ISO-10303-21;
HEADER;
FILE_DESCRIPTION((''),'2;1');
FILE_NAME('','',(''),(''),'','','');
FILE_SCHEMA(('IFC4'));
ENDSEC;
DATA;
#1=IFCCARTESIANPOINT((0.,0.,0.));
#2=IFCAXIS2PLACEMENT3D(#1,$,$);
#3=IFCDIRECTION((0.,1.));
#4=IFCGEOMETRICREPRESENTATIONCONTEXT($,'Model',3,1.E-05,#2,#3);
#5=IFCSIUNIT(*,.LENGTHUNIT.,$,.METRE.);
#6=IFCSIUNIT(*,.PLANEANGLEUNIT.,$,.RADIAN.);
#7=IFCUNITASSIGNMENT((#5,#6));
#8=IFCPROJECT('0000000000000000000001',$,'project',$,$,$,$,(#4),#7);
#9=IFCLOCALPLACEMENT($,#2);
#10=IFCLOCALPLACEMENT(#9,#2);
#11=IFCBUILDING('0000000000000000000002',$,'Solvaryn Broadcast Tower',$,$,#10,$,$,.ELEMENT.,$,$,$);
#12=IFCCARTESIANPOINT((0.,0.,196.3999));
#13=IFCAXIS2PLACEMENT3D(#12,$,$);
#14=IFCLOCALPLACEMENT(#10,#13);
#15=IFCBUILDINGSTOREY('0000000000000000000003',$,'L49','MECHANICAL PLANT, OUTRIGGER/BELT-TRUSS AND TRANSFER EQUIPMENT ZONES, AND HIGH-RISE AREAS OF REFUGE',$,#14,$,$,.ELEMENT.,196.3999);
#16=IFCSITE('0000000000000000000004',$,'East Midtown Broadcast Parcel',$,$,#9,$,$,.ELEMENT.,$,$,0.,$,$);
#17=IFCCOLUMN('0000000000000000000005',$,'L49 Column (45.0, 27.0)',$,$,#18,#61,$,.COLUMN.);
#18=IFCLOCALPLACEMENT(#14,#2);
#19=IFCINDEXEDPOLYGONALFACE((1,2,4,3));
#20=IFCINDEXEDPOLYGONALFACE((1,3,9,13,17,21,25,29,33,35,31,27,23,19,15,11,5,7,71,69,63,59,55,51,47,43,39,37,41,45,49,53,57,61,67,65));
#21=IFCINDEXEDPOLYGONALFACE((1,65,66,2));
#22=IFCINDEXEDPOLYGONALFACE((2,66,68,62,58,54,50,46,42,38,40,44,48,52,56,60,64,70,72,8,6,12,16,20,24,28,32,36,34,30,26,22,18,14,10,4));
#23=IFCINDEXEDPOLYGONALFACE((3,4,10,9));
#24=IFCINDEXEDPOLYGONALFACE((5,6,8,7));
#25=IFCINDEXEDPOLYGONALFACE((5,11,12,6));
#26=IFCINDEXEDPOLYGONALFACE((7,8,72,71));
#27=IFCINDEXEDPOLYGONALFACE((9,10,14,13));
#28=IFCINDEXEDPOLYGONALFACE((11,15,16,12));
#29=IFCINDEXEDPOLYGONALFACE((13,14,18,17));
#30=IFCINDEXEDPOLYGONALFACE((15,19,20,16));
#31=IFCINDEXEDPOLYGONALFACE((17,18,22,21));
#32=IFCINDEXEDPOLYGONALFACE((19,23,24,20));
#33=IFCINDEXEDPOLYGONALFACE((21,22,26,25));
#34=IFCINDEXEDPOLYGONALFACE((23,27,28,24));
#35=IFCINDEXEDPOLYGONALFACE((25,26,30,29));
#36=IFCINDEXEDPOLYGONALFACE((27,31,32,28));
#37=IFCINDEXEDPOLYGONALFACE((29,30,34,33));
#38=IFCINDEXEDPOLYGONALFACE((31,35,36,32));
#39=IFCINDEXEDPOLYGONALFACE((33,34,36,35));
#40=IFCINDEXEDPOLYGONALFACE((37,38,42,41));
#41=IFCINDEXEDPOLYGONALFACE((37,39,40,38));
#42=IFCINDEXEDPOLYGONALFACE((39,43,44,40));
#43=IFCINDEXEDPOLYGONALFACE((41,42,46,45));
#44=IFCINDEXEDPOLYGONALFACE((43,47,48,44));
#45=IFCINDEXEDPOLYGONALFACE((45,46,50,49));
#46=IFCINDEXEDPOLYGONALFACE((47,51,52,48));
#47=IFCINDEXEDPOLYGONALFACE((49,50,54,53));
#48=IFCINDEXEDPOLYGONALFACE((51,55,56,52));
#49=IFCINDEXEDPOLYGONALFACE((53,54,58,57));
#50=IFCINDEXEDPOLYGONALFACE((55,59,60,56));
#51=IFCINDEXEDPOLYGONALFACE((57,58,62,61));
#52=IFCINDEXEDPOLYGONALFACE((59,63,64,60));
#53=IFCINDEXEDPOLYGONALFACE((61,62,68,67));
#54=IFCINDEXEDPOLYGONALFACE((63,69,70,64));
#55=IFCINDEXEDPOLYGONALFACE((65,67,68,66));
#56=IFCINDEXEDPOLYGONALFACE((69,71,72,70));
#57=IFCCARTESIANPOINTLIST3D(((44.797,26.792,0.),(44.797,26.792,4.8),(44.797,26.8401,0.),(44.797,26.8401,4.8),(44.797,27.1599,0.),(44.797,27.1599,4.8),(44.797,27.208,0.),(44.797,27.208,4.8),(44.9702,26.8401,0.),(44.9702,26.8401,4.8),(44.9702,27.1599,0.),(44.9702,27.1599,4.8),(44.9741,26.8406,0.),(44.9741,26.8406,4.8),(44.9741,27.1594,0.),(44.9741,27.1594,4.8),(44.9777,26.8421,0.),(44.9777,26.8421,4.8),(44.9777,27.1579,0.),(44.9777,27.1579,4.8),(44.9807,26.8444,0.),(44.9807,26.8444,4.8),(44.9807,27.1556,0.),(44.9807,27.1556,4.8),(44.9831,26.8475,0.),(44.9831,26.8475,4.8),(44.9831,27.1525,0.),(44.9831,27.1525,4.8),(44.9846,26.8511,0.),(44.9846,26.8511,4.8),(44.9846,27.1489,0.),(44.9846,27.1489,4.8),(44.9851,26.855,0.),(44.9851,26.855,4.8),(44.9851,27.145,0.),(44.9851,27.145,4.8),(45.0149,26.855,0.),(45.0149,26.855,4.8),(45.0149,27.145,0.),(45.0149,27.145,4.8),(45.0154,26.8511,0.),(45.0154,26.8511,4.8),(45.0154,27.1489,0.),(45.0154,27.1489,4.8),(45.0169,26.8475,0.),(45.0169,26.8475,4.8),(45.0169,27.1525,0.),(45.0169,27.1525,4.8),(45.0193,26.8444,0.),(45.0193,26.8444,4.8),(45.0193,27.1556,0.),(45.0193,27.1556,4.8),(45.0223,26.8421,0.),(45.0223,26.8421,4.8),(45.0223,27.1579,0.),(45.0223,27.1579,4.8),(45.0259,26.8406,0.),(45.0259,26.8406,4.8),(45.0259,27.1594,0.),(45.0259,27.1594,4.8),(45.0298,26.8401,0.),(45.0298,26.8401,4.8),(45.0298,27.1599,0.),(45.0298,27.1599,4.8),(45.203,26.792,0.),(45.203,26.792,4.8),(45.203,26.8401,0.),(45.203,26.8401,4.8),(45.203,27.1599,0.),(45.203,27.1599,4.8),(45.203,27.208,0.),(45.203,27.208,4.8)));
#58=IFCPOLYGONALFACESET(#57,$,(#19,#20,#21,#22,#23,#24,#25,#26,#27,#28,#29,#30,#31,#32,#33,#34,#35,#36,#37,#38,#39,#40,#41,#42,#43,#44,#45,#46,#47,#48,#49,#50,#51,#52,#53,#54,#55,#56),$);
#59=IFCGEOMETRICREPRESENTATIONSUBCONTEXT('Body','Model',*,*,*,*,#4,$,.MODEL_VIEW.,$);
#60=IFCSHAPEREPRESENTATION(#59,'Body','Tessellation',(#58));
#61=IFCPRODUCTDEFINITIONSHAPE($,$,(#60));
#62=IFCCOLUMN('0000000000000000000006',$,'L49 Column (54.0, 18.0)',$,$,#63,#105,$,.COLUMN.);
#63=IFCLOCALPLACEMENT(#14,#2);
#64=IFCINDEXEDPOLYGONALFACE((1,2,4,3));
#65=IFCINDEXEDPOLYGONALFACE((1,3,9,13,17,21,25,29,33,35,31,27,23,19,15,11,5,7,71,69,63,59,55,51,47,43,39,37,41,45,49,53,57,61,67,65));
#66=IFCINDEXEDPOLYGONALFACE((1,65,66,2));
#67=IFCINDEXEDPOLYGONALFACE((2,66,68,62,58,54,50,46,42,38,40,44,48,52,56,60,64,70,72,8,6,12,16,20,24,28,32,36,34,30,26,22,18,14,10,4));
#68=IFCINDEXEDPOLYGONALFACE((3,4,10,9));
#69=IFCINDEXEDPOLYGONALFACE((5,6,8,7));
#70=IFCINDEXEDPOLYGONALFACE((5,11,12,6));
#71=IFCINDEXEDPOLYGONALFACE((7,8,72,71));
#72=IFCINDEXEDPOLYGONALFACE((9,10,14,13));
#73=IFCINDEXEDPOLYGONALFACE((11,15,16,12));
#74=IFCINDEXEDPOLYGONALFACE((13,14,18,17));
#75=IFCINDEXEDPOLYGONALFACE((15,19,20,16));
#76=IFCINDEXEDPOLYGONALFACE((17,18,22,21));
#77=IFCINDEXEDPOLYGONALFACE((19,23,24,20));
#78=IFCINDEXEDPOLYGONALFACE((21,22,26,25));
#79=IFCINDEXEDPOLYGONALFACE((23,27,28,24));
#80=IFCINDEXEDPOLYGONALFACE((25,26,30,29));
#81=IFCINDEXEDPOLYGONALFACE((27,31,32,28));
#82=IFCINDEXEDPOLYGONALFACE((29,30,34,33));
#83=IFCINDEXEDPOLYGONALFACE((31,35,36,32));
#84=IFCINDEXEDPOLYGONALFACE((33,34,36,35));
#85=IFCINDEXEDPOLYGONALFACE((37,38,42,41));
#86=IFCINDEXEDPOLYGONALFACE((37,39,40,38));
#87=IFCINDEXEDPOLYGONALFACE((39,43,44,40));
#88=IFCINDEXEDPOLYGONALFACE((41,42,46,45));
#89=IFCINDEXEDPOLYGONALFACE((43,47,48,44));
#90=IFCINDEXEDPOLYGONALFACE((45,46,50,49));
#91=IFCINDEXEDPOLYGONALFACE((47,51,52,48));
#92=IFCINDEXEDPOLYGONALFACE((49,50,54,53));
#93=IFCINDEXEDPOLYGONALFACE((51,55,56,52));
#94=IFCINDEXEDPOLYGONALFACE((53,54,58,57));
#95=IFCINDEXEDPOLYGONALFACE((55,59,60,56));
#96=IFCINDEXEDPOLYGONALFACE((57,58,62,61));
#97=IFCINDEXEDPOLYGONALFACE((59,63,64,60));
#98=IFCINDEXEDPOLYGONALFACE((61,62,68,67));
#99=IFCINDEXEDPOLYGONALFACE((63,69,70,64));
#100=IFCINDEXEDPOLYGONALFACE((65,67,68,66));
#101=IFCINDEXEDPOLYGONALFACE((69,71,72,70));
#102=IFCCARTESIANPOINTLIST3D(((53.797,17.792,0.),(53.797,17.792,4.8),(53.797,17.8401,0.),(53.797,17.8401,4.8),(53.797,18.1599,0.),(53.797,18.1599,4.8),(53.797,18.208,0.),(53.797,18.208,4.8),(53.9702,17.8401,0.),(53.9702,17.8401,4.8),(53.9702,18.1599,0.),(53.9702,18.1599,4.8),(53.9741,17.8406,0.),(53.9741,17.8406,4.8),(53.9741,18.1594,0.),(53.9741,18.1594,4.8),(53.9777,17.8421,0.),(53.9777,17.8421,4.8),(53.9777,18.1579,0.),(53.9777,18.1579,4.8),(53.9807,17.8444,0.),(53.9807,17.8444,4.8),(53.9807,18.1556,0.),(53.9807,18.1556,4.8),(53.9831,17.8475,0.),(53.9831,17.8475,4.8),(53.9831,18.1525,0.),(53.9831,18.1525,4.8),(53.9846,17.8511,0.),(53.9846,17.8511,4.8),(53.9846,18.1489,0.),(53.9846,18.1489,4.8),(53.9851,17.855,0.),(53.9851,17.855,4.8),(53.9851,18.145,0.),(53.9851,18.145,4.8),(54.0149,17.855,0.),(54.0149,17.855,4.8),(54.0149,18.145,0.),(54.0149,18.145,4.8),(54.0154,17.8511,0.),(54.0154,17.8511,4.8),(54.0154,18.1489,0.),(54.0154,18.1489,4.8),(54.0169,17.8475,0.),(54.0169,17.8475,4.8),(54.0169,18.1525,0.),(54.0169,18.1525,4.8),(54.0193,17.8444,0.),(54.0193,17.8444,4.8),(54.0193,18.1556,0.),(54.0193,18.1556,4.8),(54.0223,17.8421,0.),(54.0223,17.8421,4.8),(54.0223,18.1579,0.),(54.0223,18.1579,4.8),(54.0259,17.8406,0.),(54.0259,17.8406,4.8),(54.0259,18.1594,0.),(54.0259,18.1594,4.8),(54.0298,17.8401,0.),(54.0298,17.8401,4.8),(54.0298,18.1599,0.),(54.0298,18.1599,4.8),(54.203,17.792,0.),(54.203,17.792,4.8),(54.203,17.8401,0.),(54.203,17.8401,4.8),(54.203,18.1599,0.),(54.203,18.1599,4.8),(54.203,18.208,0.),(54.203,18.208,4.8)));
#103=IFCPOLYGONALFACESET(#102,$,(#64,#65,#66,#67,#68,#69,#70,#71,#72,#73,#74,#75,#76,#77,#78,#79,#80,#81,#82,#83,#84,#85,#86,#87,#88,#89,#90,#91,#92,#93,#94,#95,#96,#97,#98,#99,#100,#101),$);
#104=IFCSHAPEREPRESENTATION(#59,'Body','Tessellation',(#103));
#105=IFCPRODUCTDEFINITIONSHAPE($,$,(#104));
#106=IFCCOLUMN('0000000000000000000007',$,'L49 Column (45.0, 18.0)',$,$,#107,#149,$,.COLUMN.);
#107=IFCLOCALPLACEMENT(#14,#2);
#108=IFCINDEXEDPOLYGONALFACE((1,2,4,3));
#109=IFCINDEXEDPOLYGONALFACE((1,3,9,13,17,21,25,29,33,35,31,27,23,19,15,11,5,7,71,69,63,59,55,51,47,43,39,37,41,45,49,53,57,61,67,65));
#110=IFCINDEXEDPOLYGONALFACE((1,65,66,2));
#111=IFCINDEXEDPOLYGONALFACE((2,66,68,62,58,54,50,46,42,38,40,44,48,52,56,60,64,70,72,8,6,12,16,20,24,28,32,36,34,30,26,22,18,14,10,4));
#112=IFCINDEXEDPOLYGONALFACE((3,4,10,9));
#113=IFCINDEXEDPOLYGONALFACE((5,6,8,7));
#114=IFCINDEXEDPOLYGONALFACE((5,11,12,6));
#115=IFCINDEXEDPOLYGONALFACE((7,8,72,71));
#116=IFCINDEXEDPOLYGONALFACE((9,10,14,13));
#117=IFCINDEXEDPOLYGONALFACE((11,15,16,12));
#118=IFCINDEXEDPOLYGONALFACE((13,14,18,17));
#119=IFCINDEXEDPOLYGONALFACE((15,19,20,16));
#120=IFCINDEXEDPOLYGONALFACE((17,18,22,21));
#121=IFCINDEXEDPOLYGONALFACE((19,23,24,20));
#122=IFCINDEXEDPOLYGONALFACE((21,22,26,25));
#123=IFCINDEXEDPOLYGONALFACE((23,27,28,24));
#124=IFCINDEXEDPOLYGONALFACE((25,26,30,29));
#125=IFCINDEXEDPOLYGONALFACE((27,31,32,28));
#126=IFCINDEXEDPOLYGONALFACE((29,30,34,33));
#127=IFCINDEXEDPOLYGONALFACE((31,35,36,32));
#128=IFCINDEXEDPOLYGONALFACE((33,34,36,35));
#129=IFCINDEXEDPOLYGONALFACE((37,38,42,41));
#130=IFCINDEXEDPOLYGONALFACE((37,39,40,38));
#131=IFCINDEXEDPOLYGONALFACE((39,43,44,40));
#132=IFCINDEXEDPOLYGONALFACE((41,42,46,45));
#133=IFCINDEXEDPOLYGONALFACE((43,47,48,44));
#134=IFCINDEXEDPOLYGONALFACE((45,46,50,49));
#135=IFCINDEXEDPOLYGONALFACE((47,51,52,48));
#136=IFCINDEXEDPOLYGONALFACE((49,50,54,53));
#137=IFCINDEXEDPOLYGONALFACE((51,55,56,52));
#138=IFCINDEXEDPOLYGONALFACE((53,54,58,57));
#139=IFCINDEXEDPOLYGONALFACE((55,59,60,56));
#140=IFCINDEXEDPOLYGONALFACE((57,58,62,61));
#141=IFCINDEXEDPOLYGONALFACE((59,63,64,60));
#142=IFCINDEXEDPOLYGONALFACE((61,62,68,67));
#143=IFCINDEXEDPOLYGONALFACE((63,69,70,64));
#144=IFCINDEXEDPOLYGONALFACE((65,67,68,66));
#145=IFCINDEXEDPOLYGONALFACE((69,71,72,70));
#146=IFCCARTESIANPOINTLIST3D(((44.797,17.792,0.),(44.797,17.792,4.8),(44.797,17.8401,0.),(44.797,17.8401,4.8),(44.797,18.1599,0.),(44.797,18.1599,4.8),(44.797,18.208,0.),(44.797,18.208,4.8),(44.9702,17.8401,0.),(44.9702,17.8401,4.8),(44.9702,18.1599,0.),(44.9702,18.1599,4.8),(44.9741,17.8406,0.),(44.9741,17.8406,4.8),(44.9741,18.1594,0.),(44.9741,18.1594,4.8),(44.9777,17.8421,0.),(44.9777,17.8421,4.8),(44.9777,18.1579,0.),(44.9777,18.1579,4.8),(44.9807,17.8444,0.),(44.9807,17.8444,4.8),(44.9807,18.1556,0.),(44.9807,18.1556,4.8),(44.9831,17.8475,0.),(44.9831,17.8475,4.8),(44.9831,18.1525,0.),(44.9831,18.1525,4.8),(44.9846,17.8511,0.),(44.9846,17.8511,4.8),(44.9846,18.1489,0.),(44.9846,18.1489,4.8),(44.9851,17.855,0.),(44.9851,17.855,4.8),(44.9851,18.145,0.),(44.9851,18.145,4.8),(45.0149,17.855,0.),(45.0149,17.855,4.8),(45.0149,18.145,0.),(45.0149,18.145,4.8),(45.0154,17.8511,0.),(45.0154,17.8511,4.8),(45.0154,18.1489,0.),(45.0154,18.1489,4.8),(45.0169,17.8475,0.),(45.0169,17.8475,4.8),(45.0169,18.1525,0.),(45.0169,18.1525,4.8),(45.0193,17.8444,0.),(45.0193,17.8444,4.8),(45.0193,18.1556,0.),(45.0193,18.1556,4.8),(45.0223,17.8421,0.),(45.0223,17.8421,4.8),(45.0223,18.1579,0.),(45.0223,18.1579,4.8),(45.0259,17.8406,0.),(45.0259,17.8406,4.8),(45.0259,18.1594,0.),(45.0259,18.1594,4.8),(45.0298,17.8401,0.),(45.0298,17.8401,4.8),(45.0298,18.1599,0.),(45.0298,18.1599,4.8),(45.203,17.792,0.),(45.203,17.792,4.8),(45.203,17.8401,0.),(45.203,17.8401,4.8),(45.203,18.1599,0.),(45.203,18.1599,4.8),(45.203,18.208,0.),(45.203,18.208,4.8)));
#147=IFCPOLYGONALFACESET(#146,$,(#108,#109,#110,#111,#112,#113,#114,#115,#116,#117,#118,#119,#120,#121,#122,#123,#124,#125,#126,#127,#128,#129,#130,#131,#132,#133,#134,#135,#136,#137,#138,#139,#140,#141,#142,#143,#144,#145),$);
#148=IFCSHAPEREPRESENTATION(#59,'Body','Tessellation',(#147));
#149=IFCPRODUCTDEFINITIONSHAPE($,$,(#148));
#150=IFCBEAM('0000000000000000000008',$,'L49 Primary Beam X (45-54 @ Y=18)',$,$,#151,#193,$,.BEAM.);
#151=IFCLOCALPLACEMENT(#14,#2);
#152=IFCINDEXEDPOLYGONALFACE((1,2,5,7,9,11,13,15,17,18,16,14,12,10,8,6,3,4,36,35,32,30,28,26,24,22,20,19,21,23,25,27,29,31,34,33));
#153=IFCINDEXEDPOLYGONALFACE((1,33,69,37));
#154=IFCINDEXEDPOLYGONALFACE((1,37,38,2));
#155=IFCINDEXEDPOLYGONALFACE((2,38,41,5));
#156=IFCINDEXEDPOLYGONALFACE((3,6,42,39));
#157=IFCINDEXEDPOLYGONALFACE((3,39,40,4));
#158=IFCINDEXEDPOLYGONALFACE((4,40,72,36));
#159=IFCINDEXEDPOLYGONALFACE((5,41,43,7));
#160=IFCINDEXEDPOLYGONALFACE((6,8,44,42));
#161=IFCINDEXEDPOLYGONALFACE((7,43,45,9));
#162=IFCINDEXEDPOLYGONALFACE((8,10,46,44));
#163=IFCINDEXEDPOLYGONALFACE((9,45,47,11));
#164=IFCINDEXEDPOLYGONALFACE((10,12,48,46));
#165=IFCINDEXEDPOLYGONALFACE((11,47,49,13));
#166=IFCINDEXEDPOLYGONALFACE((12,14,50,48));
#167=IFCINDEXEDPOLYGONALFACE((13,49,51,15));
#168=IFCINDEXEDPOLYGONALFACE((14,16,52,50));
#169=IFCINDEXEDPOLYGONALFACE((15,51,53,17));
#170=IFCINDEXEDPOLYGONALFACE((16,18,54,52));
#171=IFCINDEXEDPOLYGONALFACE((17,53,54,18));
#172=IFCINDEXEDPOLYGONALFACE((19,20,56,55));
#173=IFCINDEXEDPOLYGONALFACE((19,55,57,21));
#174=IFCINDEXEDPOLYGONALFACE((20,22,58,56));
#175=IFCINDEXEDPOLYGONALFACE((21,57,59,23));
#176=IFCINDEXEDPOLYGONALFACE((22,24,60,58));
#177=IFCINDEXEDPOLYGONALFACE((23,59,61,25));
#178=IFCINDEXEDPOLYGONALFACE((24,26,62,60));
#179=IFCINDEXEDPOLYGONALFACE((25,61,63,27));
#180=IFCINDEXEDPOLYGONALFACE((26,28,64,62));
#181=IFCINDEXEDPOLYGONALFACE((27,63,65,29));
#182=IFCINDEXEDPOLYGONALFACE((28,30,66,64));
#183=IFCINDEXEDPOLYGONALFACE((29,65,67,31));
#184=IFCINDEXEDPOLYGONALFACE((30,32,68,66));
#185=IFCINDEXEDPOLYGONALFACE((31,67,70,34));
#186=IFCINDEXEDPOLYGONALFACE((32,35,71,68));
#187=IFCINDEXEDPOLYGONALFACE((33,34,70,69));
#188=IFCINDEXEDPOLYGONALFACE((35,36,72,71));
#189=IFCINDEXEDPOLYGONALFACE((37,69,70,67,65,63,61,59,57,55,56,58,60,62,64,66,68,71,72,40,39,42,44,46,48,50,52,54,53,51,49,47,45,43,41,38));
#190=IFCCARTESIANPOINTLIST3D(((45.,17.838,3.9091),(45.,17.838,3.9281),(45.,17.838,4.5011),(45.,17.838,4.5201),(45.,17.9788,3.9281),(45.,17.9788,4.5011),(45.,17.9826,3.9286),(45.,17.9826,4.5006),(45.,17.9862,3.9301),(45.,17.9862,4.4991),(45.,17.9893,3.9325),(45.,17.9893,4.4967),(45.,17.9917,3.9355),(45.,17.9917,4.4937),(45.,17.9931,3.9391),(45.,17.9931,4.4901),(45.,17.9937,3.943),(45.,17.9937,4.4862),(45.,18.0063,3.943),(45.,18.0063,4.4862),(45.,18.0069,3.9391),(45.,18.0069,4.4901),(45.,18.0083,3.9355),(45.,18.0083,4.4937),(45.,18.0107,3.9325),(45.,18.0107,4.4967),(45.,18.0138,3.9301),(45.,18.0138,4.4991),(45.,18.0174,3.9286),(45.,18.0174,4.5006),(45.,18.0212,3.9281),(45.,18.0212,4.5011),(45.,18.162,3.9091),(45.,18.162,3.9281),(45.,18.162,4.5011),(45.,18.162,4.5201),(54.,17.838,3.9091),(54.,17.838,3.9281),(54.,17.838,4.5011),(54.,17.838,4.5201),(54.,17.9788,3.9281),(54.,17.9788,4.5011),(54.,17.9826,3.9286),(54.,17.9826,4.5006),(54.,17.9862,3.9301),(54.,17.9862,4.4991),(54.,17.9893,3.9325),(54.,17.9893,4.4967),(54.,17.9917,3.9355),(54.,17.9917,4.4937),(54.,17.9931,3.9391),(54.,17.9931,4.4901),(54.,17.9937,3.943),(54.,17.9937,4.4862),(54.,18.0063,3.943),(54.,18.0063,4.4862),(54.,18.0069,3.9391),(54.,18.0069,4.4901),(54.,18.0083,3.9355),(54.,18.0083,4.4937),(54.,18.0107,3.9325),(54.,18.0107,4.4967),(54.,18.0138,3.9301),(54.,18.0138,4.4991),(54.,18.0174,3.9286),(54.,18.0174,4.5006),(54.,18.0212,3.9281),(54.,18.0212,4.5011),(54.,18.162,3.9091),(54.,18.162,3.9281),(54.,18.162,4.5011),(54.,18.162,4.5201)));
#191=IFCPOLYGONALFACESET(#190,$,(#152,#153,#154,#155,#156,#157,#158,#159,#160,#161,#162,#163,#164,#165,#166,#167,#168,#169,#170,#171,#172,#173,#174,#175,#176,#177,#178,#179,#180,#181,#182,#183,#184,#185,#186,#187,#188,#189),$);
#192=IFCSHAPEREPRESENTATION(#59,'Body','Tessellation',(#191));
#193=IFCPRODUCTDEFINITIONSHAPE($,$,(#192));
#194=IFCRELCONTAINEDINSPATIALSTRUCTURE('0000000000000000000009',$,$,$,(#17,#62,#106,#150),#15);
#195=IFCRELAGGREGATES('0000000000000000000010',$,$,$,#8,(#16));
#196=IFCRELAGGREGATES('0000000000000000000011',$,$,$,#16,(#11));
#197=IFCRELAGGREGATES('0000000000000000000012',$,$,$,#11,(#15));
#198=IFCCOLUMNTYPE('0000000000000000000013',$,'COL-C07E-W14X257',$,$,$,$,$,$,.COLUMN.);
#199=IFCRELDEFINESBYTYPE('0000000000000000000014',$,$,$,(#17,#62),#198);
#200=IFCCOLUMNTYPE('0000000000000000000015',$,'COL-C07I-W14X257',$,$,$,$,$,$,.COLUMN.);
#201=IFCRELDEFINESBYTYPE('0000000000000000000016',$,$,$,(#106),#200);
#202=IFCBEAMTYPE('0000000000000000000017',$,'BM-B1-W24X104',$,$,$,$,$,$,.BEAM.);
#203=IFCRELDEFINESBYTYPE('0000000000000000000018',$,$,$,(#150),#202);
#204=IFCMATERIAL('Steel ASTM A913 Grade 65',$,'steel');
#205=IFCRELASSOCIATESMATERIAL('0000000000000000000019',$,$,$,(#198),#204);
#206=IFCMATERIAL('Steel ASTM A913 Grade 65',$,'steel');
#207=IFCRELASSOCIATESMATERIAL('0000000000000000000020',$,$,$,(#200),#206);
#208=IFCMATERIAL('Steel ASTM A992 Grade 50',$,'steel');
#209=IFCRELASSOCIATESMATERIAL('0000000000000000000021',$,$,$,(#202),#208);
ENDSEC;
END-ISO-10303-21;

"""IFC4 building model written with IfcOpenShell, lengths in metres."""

from ifc_helpers import new_model, si_unit, direction, frame, origin, origin_2d, place, context, subcontext, project, spatial, i_section, extrude, material, material_profile, profile_set, type_object, element, save


model = new_model("IFC4")

# Units and contexts
model_context = context("Model", 3, precision=1e-05, world=origin(), true_north=direction((0.0, 1.0)))
body_context = subcontext(model_context, "Body", "Model", "MODEL_VIEW")
ifc_project = project(units=[si_unit("LENGTHUNIT", "METRE"), si_unit("PLANEANGLEUNIT", "RADIAN")], contexts=[model_context])

# Site, building, storey
site_placement = place(None, origin())
site = spatial("IfcSite", under=ifc_project, at=site_placement, Name="East Midtown Broadcast Parcel", CompositionType="ELEMENT", RefElevation=0.0)
building_placement = place(site_placement, origin())
building = spatial("IfcBuilding", under=site, at=building_placement, Name="Solvaryn Broadcast Tower", CompositionType="ELEMENT")
storey_placement = place(building_placement, frame((0.0, 0.0, 196.3999)))
storey = spatial("IfcBuildingStorey", under=building, at=storey_placement, Name="L49", Description="MECHANICAL PLANT, OUTRIGGER/BELT-TRUSS AND TRANSFER EQUIPMENT ZONES, AND HIGH-RISE AREAS OF REFUGE", CompositionType="ELEMENT", Elevation=196.3999)

# Columns
ifc_material_1 = material(Name="Steel ASTM A913 Grade 65", Category="steel")
ifc_material_profile_1 = material_profile(ifc_material_1, i_section(OverallWidth=0.406, OverallDepth=0.416, WebThickness=0.0298, FlangeThickness=0.0481, FilletRadius=0.0149, at=origin_2d()))
ifc_profile_set_1 = profile_set([ifc_material_profile_1], Name="Steel ASTM A913 Grade 65")
column_type_1 = type_object("IfcColumnType", Name="COL-C07E-W14X257", PredefinedType="COLUMN", material=ifc_profile_set_1)
for number, where, z_axis, x_axis, name in (
    (1, (45.0, 27.0, 0.0), (0.0, 0.0, 1.0), (1.0, 0.0, 0.0), "L49 Column (45.0, 27.0)"),
    (2, (54.0, 18.0, 0.0), (0.0, 0.0, 1.0), (1.0, 0.0, 0.0), "L49 Column (54.0, 18.0)"),
):
    element("IfcColumn", number, at=place(storey_placement, frame(where, z_axis=z_axis, x_axis=x_axis)), inside=storey, type_object=column_type_1, Name=name, PredefinedType="COLUMN", context=body_context, shape_type="SweptSolid", body=[
        extrude(i_section(OverallWidth=0.406, OverallDepth=0.416, WebThickness=0.0298, FlangeThickness=0.0481, FilletRadius=0.0149, at=origin_2d()), origin(), (0.0, 0.0, 1.0), 4.8),
    ])
ifc_material_2 = material(Name="Steel ASTM A913 Grade 65", Category="steel")
ifc_material_profile_2 = material_profile(ifc_material_2, i_section(OverallWidth=0.406, OverallDepth=0.416, WebThickness=0.0298, FlangeThickness=0.0481, FilletRadius=0.0149, at=origin_2d()))
ifc_profile_set_2 = profile_set([ifc_material_profile_2], Name="Steel ASTM A913 Grade 65")
column_type_2 = type_object("IfcColumnType", Name="COL-C07I-W14X257", PredefinedType="COLUMN", material=ifc_profile_set_2)
column_placement = place(storey_placement, frame((45.0, 18.0, 0.0), z_axis=(0.0, 0.0, 1.0), x_axis=(1.0, 0.0, 0.0)))
element("IfcColumn", 3, at=column_placement, inside=storey, type_object=column_type_2, Name="L49 Column (45.0, 18.0)", PredefinedType="COLUMN", context=body_context, shape_type="SweptSolid", body=[
    extrude(i_section(OverallWidth=0.406, OverallDepth=0.416, WebThickness=0.0298, FlangeThickness=0.0481, FilletRadius=0.0149, at=origin_2d()), origin(), (0.0, 0.0, 1.0), 4.8),
])

# Beam
ifc_material_3 = material(Name="Steel ASTM A992 Grade 50", Category="steel")
ifc_material_profile_3 = material_profile(ifc_material_3, i_section(OverallWidth=0.324, OverallDepth=0.6111, WebThickness=0.0127, FlangeThickness=0.019, FilletRadius=0.0149, at=origin_2d()))
ifc_profile_set_3 = profile_set([ifc_material_profile_3], Name="Steel ASTM A992 Grade 50")
beam_type_1 = type_object("IfcBeamType", Name="BM-B1-W24X104", PredefinedType="BEAM", material=ifc_profile_set_3)
beam_1_placement = place(storey_placement, frame((45.0, 18.0, 4.2146), z_axis=(1.0, 0.0, 0.0), x_axis=(0.0, 1.0, 0.0)))
element("IfcBeam", 4, at=beam_1_placement, inside=storey, type_object=beam_type_1, Name="L49 Primary Beam X (45-54 @ Y=18)", PredefinedType="BEAM", context=body_context, shape_type="SweptSolid", body=[
    extrude(i_section(OverallWidth=0.324, OverallDepth=0.6111, WebThickness=0.0127, FlangeThickness=0.019, FilletRadius=0.0149, at=origin_2d()), origin(), (0.0, 0.0, 1.0), 9.0),
])

save(model, "model.ifc")
